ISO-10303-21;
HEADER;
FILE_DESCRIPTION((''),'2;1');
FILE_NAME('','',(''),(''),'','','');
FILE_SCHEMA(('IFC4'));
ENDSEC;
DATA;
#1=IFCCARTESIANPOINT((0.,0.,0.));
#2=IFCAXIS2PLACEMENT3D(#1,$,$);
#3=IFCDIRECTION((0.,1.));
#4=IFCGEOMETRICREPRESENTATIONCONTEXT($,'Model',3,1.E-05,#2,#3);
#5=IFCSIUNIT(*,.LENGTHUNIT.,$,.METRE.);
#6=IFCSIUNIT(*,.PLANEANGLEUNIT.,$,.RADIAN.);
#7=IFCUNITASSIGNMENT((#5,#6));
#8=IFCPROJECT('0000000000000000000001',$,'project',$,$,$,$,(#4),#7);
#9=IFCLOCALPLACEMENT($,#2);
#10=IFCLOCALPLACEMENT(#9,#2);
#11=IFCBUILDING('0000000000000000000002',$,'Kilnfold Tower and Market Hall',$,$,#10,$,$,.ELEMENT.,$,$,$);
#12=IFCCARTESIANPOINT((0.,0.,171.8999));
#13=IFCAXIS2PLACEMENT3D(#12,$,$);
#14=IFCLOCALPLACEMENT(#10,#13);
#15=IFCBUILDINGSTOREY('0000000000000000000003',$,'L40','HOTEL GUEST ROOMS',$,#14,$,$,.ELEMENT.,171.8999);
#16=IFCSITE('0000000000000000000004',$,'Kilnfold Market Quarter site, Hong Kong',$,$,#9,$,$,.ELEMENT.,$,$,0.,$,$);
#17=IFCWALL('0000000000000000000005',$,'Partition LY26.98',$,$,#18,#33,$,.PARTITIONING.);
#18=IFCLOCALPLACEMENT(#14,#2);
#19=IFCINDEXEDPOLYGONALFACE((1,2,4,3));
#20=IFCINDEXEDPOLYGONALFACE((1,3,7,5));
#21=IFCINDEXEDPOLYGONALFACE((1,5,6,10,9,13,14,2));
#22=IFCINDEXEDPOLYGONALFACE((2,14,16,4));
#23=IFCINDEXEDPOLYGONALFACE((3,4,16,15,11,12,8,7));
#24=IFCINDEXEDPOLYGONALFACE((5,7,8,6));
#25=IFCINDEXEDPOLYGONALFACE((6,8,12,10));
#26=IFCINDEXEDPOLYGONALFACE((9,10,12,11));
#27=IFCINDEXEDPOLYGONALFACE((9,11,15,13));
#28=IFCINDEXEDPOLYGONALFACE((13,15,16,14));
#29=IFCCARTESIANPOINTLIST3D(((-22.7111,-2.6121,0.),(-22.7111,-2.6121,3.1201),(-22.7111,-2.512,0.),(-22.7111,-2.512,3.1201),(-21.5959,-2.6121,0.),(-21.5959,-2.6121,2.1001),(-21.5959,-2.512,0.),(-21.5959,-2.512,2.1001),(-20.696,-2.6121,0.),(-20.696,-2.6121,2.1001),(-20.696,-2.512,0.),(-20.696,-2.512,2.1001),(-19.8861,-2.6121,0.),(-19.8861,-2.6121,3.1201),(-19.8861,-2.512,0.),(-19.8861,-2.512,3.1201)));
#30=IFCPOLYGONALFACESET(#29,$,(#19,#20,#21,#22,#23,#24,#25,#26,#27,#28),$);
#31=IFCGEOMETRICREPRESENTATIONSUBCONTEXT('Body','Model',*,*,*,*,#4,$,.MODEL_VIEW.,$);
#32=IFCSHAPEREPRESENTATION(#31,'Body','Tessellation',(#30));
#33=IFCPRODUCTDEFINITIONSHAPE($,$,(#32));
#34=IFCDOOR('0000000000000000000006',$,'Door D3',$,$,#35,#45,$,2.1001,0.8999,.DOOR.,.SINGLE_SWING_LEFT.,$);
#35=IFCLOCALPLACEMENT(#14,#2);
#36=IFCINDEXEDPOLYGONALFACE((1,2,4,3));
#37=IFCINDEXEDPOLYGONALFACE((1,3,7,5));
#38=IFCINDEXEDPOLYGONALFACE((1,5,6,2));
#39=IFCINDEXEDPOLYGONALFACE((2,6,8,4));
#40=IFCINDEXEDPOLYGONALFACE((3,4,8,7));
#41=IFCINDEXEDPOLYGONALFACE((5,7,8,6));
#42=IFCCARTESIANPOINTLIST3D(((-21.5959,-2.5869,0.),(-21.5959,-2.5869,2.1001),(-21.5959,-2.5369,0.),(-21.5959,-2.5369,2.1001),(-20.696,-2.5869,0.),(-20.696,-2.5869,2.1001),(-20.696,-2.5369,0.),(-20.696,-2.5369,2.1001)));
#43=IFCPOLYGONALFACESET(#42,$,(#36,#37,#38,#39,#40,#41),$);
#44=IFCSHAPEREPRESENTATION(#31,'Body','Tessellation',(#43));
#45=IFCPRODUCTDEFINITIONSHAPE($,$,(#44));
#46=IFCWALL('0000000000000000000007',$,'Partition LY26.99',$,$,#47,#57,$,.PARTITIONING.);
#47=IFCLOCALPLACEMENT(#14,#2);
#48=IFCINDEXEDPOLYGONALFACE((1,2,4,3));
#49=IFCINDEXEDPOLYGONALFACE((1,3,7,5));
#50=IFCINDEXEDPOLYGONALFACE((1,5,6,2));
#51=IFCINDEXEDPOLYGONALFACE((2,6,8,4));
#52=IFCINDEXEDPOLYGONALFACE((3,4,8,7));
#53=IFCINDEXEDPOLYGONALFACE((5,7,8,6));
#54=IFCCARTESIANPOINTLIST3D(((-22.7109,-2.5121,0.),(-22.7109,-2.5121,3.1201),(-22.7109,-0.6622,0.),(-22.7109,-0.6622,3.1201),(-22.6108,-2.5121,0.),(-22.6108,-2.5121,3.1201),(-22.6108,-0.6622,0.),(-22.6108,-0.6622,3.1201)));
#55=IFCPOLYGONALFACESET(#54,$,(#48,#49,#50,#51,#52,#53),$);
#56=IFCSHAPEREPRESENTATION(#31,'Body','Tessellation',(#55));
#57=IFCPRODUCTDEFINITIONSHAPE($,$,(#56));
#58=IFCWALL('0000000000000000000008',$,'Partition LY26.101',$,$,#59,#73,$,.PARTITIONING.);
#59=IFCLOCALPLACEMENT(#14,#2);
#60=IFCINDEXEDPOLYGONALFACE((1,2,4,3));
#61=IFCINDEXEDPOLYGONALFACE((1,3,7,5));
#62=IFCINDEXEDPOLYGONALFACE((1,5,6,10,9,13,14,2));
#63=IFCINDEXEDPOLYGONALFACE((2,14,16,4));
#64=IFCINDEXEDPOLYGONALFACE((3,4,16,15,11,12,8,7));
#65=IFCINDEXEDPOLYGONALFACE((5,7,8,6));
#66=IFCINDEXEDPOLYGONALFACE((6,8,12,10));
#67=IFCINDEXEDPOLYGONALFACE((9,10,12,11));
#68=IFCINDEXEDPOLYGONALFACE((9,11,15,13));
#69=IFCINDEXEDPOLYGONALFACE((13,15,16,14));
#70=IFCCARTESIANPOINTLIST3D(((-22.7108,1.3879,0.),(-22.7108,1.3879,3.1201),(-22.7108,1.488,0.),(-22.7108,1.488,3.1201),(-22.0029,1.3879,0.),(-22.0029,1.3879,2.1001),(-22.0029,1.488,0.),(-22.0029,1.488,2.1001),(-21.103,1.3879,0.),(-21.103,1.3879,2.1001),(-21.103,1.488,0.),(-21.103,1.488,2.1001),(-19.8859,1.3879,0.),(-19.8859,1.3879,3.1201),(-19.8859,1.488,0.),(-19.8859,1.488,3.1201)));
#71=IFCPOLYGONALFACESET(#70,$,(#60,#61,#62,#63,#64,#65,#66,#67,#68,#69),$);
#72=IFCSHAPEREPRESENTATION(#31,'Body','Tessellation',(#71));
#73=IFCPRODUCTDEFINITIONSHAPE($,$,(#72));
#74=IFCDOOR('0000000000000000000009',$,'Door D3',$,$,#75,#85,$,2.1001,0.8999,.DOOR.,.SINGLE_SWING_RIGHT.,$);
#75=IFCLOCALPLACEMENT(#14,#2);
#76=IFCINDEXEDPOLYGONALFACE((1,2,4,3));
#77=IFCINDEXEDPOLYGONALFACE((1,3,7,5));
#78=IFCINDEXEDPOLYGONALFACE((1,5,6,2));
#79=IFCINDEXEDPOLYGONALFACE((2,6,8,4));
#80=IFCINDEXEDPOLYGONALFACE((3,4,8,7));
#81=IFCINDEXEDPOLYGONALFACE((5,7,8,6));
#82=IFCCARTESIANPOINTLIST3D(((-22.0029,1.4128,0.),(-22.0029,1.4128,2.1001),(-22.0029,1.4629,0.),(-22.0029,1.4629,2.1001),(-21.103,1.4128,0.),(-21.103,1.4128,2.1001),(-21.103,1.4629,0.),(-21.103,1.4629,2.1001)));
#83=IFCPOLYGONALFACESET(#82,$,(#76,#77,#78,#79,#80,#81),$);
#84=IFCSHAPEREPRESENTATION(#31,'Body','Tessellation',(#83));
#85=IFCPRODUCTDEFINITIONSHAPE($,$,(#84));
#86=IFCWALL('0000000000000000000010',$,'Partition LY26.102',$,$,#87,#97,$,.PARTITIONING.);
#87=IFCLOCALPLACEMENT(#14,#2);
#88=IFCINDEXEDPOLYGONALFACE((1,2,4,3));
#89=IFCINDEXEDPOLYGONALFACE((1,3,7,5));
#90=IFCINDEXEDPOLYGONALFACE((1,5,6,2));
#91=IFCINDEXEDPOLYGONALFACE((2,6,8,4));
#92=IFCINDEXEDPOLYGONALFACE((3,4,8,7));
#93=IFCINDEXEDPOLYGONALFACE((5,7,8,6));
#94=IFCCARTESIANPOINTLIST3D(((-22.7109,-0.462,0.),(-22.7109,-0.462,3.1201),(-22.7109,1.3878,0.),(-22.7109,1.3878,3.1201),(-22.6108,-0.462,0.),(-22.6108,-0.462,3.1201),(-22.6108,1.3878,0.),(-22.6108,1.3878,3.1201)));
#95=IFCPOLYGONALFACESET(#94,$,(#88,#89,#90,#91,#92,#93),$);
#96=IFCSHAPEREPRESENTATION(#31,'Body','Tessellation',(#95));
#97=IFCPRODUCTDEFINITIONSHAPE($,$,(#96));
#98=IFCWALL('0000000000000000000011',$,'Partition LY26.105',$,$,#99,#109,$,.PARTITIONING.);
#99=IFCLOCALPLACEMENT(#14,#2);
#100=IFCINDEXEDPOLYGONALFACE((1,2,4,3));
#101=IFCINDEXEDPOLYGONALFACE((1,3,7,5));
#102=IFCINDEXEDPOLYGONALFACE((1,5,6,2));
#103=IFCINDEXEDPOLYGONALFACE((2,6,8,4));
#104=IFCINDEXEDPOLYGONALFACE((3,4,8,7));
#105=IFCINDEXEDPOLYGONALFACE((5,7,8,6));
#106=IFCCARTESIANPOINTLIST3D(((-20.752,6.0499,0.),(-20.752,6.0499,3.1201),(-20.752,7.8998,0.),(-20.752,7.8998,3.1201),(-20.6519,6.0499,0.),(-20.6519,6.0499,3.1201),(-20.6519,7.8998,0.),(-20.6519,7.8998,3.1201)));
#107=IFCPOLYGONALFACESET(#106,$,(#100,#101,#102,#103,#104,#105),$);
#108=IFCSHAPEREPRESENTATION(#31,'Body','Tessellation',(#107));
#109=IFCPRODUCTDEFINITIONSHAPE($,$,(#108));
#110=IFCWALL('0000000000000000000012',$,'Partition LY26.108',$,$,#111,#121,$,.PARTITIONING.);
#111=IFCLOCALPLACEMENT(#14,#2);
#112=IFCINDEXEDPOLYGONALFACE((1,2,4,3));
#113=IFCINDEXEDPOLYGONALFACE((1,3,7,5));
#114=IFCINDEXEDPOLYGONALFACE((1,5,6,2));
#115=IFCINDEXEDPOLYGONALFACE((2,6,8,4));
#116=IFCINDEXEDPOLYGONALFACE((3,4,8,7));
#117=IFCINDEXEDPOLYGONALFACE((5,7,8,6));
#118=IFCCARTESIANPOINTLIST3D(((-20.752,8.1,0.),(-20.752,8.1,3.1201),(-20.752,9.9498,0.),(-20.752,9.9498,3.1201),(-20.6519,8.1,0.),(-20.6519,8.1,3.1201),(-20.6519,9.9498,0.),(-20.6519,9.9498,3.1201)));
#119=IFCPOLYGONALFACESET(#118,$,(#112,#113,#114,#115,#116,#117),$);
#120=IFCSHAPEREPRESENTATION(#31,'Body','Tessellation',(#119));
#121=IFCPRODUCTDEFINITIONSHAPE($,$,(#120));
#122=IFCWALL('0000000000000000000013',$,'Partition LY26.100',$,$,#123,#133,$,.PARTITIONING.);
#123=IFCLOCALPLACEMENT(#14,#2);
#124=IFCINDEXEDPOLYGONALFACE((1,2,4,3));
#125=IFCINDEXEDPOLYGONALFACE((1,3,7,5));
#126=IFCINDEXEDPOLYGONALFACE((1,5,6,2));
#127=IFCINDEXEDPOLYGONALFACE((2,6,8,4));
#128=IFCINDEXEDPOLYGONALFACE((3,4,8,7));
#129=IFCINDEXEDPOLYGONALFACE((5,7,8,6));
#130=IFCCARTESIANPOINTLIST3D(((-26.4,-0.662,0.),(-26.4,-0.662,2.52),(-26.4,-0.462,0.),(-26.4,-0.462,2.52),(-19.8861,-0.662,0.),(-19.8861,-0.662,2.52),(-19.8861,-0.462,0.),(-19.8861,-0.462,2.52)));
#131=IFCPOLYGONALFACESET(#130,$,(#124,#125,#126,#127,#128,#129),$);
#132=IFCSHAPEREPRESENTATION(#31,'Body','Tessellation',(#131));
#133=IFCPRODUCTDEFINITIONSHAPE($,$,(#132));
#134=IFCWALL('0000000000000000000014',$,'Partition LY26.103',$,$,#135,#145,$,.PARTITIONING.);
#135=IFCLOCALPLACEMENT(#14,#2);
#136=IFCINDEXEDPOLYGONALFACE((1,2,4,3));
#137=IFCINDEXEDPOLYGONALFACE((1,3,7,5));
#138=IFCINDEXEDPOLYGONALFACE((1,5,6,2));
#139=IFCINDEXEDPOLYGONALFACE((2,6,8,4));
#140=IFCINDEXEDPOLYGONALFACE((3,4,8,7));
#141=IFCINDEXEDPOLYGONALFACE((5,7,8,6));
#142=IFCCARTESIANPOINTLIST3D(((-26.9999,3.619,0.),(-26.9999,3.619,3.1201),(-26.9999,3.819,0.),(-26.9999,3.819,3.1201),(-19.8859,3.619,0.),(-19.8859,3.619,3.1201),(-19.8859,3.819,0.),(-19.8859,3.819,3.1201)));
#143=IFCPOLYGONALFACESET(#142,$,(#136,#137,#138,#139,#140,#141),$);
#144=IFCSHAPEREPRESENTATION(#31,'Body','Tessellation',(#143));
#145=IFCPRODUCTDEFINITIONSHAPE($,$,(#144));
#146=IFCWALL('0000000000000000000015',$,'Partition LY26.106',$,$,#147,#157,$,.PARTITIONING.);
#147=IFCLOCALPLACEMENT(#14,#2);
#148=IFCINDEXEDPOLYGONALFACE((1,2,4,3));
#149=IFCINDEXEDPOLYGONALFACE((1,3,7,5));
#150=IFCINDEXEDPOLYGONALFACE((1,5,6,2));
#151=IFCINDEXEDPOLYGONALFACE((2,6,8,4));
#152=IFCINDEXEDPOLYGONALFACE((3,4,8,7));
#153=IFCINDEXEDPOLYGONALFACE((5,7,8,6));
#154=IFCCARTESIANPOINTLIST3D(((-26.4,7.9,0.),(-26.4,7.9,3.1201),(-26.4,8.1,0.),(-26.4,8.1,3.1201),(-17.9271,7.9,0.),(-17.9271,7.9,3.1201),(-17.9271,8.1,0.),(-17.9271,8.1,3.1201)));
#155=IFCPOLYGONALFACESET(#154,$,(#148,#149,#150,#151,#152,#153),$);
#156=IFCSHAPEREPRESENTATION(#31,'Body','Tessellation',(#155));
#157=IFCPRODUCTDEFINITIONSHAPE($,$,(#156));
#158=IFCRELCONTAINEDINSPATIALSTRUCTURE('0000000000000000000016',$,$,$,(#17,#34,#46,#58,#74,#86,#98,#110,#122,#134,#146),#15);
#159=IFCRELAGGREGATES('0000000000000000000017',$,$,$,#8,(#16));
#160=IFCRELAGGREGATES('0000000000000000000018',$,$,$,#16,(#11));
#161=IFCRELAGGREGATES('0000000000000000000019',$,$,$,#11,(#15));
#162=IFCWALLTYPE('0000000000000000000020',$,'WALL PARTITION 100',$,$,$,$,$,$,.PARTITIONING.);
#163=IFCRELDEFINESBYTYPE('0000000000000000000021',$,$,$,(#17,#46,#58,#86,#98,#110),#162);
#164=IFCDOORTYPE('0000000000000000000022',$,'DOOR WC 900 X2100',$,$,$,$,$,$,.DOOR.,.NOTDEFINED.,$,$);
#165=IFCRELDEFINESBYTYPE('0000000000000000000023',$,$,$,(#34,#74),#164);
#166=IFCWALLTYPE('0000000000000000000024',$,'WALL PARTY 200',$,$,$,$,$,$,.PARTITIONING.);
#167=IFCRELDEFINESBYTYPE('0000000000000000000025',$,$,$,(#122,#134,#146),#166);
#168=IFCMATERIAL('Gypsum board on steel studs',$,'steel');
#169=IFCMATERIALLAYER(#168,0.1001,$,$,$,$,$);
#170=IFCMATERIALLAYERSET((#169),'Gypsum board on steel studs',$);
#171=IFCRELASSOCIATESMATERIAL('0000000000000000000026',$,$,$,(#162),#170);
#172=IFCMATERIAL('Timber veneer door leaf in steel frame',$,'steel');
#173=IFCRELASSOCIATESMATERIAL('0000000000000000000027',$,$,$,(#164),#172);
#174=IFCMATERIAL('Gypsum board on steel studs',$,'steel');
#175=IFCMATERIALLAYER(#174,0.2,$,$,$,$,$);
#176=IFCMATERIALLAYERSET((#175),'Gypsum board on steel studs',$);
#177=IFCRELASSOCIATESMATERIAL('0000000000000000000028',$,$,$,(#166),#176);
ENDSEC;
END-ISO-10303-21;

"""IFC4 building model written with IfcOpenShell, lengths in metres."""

from ifc_helpers import new_model, si_unit, direction, frame, frame_2d, origin, place, context, subcontext, project, spatial, rectangle, extrude, material, layer, layer_set, type_object, element, fill, save


model = new_model("IFC4")

# Units and contexts
model_context = context("Model", 3, precision=1e-05, world=origin(), true_north=direction((0.0, 1.0)))
body_context = subcontext(model_context, "Body", "Model", "MODEL_VIEW")
ifc_project = project(units=[si_unit("LENGTHUNIT", "METRE"), si_unit("PLANEANGLEUNIT", "RADIAN")], contexts=[model_context])

# Site, building, storey
site_placement = place(None, origin())
site = spatial("IfcSite", under=ifc_project, at=site_placement, Name="Kilnfold Market Quarter site, Hong Kong", CompositionType="ELEMENT", RefElevation=0.0)
building_placement = place(site_placement, origin())
building = spatial("IfcBuilding", under=site, at=building_placement, Name="Kilnfold Tower and Market Hall", CompositionType="ELEMENT")
storey_placement = place(building_placement, frame((0.0, 0.0, 171.8999)))
storey = spatial("IfcBuildingStorey", under=building, at=storey_placement, Name="L40", Description="HOTEL GUEST ROOMS", CompositionType="ELEMENT", Elevation=171.8999)

# Wall, opening, door
ifc_material_1 = material(Name="Gypsum board on steel studs", Category="steel")
ifc_layer_1 = layer(ifc_material_1, 0.1001)
ifc_layer_set_1 = layer_set([ifc_layer_1], Name="Gypsum board on steel studs")
wall_type_1 = type_object("IfcWallType", Name="WALL PARTITION 100", PredefinedType="PARTITIONING", material=ifc_layer_set_1)
wall_1_placement = place(storey_placement, frame((-19.886, -2.562, 0.0), z_axis=(0.0, 0.0, 1.0), x_axis=(-1.0, 0.0, 0.0)))
wall_1 = element("IfcWall", 1, at=wall_1_placement, inside=storey, type_object=wall_type_1, Name="Partition LY26.98", PredefinedType="PARTITIONING", context=body_context, shape_type="SweptSolid", body=[
    extrude(rectangle(XDim=2.825, YDim=0.1001, at=frame_2d((1.4126, 0.0))), origin(), (0.0, 0.0, 1.0), 3.1201),
])
opening_1_placement = place(wall_1_placement, frame((0.8101, 0.0, 0.0)))
opening_1 = element("IfcOpeningElement", 2, at=opening_1_placement, cuts=wall_1, PredefinedType="OPENING", context=body_context, shape_type="SweptSolid", body=[
    extrude(rectangle(XDim=0.8999, YDim=2.1001, at=frame_2d((0.45, 1.05))), frame((0.0, 0.0601, 0.0), z_axis=(0.0, -1.0, 0.0), x_axis=(1.0, 0.0, 0.0)), (0.0, 0.0, 1.0), 0.1201),
])
ifc_material_2 = material(Name="Timber veneer door leaf in steel frame", Category="steel")
door_type_1 = type_object("IfcDoorType", Name="DOOR WC 900 X2100", OperationType="NOTDEFINED", PredefinedType="DOOR", material=ifc_material_2)
door_1_placement = place(opening_1_placement, origin())
door_1 = element("IfcDoor", 3, at=door_1_placement, inside=storey, type_object=door_type_1, Name="Door D3", OperationType="SINGLE_SWING_LEFT", OverallHeight=2.1001, OverallWidth=0.8999, PredefinedType="DOOR", context=body_context, shape_type="SweptSolid", body=[
    extrude(rectangle(XDim=0.8999, YDim=2.1001, at=frame_2d((0.45, 1.05))), frame((0.0, 0.0249, 0.0), z_axis=(0.0, -1.0, 0.0), x_axis=(1.0, 0.0, 0.0)), (0.0, 0.0, 1.0), 0.05),
])
fill(opening_1, door_1)

# Wall
wall_2_placement = place(storey_placement, frame((-22.6609, -2.512, 0.0), z_axis=(0.0, 0.0, 1.0), x_axis=(0.0, 1.0, 0.0)))
element("IfcWall", 4, at=wall_2_placement, inside=storey, type_object=wall_type_1, Name="Partition LY26.99", PredefinedType="PARTITIONING", context=body_context, shape_type="SweptSolid", body=[
    extrude(rectangle(XDim=1.8499, YDim=0.1001, at=frame_2d((0.9248, 0.0))), origin(), (0.0, 0.0, 1.0), 3.1201),
])

# Wall, opening, door
wall_3_placement = place(storey_placement, frame((-22.7109, 1.438, 0.0), z_axis=(0.0, 0.0, 1.0), x_axis=(1.0, 0.0, 0.0)))
wall_3 = element("IfcWall", 5, at=wall_3_placement, inside=storey, type_object=wall_type_1, Name="Partition LY26.101", PredefinedType="PARTITIONING", context=body_context, shape_type="SweptSolid", body=[
    extrude(rectangle(XDim=2.825, YDim=0.1001, at=frame_2d((1.4126, 0.0))), origin(), (0.0, 0.0, 1.0), 3.1201),
])
opening_2_placement = place(wall_3_placement, frame((0.708, 0.0, 0.0)))
opening_2 = element("IfcOpeningElement", 6, at=opening_2_placement, cuts=wall_3, PredefinedType="OPENING", context=body_context, shape_type="SweptSolid", body=[
    extrude(rectangle(XDim=0.8999, YDim=2.1001, at=frame_2d((0.45, 1.05))), frame((0.0, 0.0601, 0.0), z_axis=(0.0, -1.0, 0.0), x_axis=(1.0, 0.0, 0.0)), (0.0, 0.0, 1.0), 0.1201),
])
door_2_placement = place(opening_2_placement, origin())
door_2 = element("IfcDoor", 7, at=door_2_placement, inside=storey, type_object=door_type_1, Name="Door D3", OperationType="SINGLE_SWING_RIGHT", OverallHeight=2.1001, OverallWidth=0.8999, PredefinedType="DOOR", context=body_context, shape_type="SweptSolid", body=[
    extrude(rectangle(XDim=0.8999, YDim=2.1001, at=frame_2d((0.45, 1.05))), frame((0.0, 0.0249, 0.0), z_axis=(0.0, -1.0, 0.0), x_axis=(1.0, 0.0, 0.0)), (0.0, 0.0, 1.0), 0.05),
])
fill(opening_2, door_2)

# Walls
for number, where, z_axis, x_axis, name in (
    (8, (-22.6609, -0.4619, 0.0), (0.0, 0.0, 1.0), (0.0, 1.0, 0.0), "Partition LY26.102"),
    (9, (-20.7019, 6.05, 0.0), (0.0, 0.0, 1.0), (0.0, 1.0, 0.0), "Partition LY26.105"),
    (10, (-20.7019, 8.1001, 0.0), (0.0, 0.0, 1.0), (0.0, 1.0, 0.0), "Partition LY26.108"),
):
    element("IfcWall", number, at=place(storey_placement, frame(where, z_axis=z_axis, x_axis=x_axis)), inside=storey, type_object=wall_type_1, Name=name, PredefinedType="PARTITIONING", context=body_context, shape_type="SweptSolid", body=[
        extrude(rectangle(XDim=1.8499, YDim=0.1001, at=frame_2d((0.9248, 0.0))), origin(), (0.0, 0.0, 1.0), 3.1201),
    ])
ifc_material_3 = material(Name="Gypsum board on steel studs", Category="steel")
ifc_layer_2 = layer(ifc_material_3, 0.2)
ifc_layer_set_2 = layer_set([ifc_layer_2], Name="Gypsum board on steel studs")
wall_type_2 = type_object("IfcWallType", Name="WALL PARTY 200", PredefinedType="PARTITIONING", material=ifc_layer_set_2)
wall_4_placement = place(storey_placement, frame((-26.3999, -0.562, 0.0), z_axis=(0.0, 0.0, 1.0), x_axis=(1.0, 0.0, 0.0)))
element("IfcWall", 11, at=wall_4_placement, inside=storey, type_object=wall_type_2, Name="Partition LY26.100", PredefinedType="PARTITIONING", context=body_context, shape_type="SweptSolid", body=[
    extrude(rectangle(XDim=6.5139, YDim=0.2, at=frame_2d((3.2568, 0.0))), origin(), (0.0, 0.0, 1.0), 2.52),
])
wall_5_placement = place(storey_placement, frame((-27.0, 3.719, 0.0), z_axis=(0.0, 0.0, 1.0), x_axis=(1.0, 0.0, 0.0)))
element("IfcWall", 12, at=wall_5_placement, inside=storey, type_object=wall_type_2, Name="Partition LY26.103", PredefinedType="PARTITIONING", context=body_context, shape_type="SweptSolid", body=[
    extrude(rectangle(XDim=7.114, YDim=0.2, at=frame_2d((3.5571, 0.0))), origin(), (0.0, 0.0, 1.0), 3.1201),
])
wall_6_placement = place(storey_placement, frame((-26.3999, 8.0, 0.0), z_axis=(0.0, 0.0, 1.0), x_axis=(1.0, 0.0, 0.0)))
element("IfcWall", 13, at=wall_6_placement, inside=storey, type_object=wall_type_2, Name="Partition LY26.106", PredefinedType="PARTITIONING", context=body_context, shape_type="SweptSolid", body=[
    extrude(rectangle(XDim=8.4729, YDim=0.2, at=frame_2d((4.2363, 0.0))), origin(), (0.0, 0.0, 1.0), 3.1201),
])

save(model, "model.ifc")
